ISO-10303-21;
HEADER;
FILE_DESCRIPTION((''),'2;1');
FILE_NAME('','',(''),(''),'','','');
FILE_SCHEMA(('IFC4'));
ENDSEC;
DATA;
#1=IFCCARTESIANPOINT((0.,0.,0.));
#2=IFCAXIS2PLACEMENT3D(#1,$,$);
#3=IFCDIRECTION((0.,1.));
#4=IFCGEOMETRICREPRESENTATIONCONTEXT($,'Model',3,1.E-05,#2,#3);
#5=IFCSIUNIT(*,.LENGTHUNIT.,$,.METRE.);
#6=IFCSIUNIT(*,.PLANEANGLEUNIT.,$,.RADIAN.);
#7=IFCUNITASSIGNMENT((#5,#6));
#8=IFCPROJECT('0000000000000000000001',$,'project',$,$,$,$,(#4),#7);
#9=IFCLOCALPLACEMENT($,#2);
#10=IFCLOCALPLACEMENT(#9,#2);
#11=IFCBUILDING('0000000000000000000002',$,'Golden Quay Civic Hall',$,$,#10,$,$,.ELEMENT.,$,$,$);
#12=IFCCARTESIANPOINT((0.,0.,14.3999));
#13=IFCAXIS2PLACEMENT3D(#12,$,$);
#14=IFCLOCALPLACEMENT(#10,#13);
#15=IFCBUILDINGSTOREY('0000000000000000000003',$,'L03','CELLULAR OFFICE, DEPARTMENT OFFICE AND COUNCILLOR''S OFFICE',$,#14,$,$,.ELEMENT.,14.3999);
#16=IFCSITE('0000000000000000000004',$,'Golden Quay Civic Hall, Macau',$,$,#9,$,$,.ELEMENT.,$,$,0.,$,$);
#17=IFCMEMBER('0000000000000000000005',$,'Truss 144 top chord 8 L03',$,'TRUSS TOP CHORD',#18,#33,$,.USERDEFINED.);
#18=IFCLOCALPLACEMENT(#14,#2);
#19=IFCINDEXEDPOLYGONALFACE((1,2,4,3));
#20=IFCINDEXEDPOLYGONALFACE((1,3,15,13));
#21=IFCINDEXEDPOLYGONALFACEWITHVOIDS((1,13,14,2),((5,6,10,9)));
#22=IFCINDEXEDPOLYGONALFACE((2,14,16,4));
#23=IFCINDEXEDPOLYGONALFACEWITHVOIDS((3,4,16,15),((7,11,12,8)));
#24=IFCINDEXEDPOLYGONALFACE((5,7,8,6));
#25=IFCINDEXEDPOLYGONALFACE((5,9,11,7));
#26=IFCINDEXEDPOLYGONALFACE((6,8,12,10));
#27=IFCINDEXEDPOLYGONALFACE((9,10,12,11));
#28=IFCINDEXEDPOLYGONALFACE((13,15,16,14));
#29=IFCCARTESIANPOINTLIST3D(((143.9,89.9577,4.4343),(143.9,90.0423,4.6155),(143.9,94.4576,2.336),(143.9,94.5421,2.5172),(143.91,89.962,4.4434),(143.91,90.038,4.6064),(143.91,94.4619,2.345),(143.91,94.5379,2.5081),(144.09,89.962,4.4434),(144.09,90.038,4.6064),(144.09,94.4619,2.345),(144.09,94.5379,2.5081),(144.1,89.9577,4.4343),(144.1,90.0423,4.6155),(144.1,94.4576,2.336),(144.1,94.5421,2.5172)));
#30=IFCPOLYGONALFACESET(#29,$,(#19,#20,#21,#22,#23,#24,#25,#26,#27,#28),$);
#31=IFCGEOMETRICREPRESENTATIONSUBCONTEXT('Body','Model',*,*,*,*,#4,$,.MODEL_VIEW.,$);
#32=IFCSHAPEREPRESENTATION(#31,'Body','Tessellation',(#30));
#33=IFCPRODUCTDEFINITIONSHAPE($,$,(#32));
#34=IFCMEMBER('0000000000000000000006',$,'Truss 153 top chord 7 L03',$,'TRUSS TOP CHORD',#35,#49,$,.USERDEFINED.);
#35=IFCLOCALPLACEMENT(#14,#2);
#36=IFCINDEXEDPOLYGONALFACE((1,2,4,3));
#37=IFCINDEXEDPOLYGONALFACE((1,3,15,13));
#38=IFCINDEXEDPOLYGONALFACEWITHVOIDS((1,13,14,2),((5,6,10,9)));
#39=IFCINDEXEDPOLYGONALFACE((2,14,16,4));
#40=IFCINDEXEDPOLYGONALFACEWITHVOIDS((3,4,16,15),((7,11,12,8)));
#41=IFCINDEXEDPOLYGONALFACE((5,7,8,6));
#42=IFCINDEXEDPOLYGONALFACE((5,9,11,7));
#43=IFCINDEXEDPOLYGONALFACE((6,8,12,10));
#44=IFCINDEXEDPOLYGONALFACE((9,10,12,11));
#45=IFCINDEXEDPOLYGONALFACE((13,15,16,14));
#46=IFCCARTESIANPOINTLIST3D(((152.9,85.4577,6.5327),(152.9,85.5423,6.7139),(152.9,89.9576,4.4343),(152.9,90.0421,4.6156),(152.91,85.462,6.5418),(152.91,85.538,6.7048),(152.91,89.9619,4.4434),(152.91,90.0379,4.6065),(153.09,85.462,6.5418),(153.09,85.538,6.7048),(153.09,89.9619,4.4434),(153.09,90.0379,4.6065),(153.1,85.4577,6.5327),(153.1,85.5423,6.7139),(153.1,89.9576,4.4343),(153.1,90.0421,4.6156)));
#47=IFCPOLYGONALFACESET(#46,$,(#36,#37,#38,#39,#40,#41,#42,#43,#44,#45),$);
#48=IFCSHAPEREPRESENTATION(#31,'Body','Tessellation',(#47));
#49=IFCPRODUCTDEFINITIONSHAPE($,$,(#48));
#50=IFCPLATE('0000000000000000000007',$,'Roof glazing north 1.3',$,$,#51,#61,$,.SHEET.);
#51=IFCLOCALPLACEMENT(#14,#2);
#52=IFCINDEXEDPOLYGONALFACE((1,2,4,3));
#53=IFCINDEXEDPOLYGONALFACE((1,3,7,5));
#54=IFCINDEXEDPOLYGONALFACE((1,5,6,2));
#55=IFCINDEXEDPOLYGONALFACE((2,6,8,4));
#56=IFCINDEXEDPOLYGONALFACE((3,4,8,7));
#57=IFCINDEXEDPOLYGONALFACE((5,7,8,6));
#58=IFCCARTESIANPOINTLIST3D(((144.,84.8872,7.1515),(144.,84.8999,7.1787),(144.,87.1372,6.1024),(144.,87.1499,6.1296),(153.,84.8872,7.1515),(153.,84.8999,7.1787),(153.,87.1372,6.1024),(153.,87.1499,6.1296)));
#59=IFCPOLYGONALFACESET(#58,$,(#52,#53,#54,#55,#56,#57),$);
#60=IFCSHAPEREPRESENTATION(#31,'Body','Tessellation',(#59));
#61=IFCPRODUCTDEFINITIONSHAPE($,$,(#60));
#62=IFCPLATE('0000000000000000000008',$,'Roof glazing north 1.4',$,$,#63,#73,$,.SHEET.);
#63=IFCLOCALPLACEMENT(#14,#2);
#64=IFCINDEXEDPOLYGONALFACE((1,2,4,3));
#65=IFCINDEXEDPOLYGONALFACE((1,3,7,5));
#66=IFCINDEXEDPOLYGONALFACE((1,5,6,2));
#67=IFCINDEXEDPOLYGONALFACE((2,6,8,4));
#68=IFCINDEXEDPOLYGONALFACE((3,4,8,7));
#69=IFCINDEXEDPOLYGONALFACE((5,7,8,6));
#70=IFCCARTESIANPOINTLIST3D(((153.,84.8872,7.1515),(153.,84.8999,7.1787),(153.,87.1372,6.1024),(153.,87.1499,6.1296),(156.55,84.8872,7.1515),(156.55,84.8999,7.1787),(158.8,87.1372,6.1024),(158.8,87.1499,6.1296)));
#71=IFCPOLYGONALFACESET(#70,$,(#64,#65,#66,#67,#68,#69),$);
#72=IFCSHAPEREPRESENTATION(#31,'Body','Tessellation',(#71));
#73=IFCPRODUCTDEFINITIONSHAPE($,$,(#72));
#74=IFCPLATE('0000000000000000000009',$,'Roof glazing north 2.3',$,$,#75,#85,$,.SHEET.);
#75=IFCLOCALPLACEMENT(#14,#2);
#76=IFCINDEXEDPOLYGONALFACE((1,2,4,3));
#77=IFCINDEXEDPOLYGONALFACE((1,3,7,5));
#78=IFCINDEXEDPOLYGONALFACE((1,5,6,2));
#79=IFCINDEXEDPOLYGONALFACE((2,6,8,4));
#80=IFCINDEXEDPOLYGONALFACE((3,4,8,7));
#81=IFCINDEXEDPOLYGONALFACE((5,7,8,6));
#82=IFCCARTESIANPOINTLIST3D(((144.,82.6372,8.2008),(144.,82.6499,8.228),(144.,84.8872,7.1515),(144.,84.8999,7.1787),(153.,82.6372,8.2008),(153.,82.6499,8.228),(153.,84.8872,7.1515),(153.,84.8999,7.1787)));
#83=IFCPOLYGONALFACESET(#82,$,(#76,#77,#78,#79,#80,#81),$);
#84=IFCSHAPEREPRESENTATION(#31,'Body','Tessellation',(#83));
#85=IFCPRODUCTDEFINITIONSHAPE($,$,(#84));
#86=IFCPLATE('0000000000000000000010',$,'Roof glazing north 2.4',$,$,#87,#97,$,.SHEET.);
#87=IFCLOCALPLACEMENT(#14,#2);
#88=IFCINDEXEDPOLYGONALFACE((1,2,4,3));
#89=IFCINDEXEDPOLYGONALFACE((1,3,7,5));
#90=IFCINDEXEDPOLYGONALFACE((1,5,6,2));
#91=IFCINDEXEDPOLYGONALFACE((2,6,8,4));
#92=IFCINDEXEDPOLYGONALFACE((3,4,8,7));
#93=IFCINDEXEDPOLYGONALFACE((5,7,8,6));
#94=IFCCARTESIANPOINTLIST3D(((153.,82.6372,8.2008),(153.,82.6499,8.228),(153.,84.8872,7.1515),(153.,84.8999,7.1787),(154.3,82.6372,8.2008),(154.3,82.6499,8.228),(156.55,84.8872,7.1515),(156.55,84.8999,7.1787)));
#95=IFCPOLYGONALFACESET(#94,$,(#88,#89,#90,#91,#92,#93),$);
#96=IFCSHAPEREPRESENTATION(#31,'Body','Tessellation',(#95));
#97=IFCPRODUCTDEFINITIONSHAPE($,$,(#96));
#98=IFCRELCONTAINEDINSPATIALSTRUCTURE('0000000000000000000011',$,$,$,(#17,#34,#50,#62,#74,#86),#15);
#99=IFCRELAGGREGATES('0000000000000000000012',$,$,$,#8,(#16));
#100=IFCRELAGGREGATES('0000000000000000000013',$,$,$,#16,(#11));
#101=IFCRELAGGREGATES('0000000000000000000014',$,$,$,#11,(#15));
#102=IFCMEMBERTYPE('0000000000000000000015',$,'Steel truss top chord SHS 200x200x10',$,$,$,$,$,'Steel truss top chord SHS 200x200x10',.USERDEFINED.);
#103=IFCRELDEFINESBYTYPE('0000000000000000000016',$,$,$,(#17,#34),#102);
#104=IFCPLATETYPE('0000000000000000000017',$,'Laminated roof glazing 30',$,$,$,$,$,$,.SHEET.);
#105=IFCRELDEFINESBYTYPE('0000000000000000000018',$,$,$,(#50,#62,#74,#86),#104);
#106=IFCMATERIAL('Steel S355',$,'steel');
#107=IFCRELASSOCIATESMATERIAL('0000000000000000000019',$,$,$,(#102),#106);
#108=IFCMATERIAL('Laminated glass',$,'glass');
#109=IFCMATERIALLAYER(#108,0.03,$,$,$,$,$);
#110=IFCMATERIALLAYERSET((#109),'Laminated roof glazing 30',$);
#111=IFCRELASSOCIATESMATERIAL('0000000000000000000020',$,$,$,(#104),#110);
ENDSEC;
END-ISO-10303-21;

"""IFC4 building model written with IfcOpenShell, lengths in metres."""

from ifc_helpers import new_model, si_unit, direction, frame, origin, origin_2d, place, context, subcontext, project, spatial, polyline, hollow_rectangle, outline, extrude, material, layer, layer_set, material_profile, profile_set, type_object, element, save


model = new_model("IFC4")

# Units and contexts
model_context = context("Model", 3, precision=1e-05, world=origin(), true_north=direction((0.0, 1.0)))
body_context = subcontext(model_context, "Body", "Model", "MODEL_VIEW")
ifc_project = project(units=[si_unit("LENGTHUNIT", "METRE"), si_unit("PLANEANGLEUNIT", "RADIAN")], contexts=[model_context])

# Site, building, storey
site_placement = place(None, origin())
site = spatial("IfcSite", under=ifc_project, at=site_placement, Name="Golden Quay Civic Hall, Macau", CompositionType="ELEMENT", RefElevation=0.0)
building_placement = place(site_placement, origin())
building = spatial("IfcBuilding", under=site, at=building_placement, Name="Golden Quay Civic Hall", CompositionType="ELEMENT")
storey_placement = place(building_placement, frame((0.0, 0.0, 14.3999)))
storey = spatial("IfcBuildingStorey", under=building, at=storey_placement, Name="L03", Description="CELLULAR OFFICE, DEPARTMENT OFFICE AND COUNCILLOR'S OFFICE", CompositionType="ELEMENT", Elevation=14.3999)

# Members
ifc_material_1 = material(Name="Steel S355", Category="steel")
ifc_material_profile_1 = material_profile(ifc_material_1, hollow_rectangle(XDim=0.2, YDim=0.2, WallThickness=0.01, at=origin_2d()), Name="SHS 200x200x10")
ifc_profile_set_1 = profile_set([ifc_material_profile_1], Name="Steel S355")
member_type_1 = type_object("IfcMemberType", Name="Steel truss top chord SHS 200x200x10", ElementType="Steel truss top chord SHS 200x200x10", PredefinedType="USERDEFINED", material=ifc_profile_set_1)
for number, where, z_axis, x_axis, name in (
    (1, (144.0, 90.0, 4.5249), (0.0, 0.906307, -0.422619), (-1.0, 0.0, 0.0), "Truss 144 top chord 8 L03"),
    (2, (153.0, 85.5, 6.6233), (0.0, 0.906307, -0.422619), (-1.0, 0.0, 0.0), "Truss 153 top chord 7 L03"),
):
    element("IfcMember", number, at=place(storey_placement, frame(where, z_axis=z_axis, x_axis=x_axis)), inside=storey, type_object=member_type_1, Name=name, ObjectType="TRUSS TOP CHORD", PredefinedType="USERDEFINED", context=body_context, shape_type="SweptSolid", body=[
        extrude(hollow_rectangle(XDim=0.2, YDim=0.2, WallThickness=0.01, at=origin_2d()), origin(), (0.0, 0.0, 1.0), 4.9651),
    ])

# Plates
ifc_material_2 = material(Name="Laminated glass", Category="glass")
ifc_layer = layer(ifc_material_2, 0.03)
ifc_layer_set = layer_set([ifc_layer], Name="Laminated roof glazing 30")
plate_type = type_object("IfcPlateType", Name="Laminated roof glazing 30", PredefinedType="SHEET", material=ifc_layer_set)
plate_1_placement = place(storey_placement, frame((144.0, 84.8999, 7.1787), z_axis=(0.0, 0.422579, 0.906326), x_axis=(1.0, 0.0, 0.0)))
element("IfcPlate", 3, at=plate_1_placement, inside=storey, type_object=plate_type, Name="Roof glazing north 1.3", PredefinedType="SHEET", context=body_context, shape_type="SweptSolid", body=[
    extrude(outline(polyline([(0.0, 0.0), (9.0, 0.0), (9.0, 2.4825), (0.0, 2.4825), (0.0, 0.0)])), origin(), (0.0, 0.0, -1.0), 0.03),
])
plate_2_placement = place(storey_placement, frame((153.0, 84.8999, 7.1787), z_axis=(0.0, 0.422579, 0.906326), x_axis=(1.0, 0.0, 0.0)))
element("IfcPlate", 4, at=plate_2_placement, inside=storey, type_object=plate_type, Name="Roof glazing north 1.4", PredefinedType="SHEET", context=body_context, shape_type="SweptSolid", body=[
    extrude(outline(polyline([(0.0, 0.0), (3.55, 0.0), (5.8, 2.4825), (0.0, 2.4825), (0.0, 0.0)])), origin(), (0.0, 0.0, -1.0), 0.03),
])
plate_3_placement = place(storey_placement, frame((144.0, 82.6499, 8.228), z_axis=(0.0, 0.422659, 0.906289), x_axis=(1.0, 0.0, 0.0)))
element("IfcPlate", 5, at=plate_3_placement, inside=storey, type_object=plate_type, Name="Roof glazing north 2.3", PredefinedType="SHEET", context=body_context, shape_type="SweptSolid", body=[
    extrude(outline(polyline([(0.0, 0.0), (9.0, 0.0), (9.0, 2.4827), (0.0, 2.4827), (0.0, 0.0)])), origin(), (0.0, 0.0, -1.0), 0.03),
])
plate_4_placement = place(storey_placement, frame((153.0, 82.6499, 8.228), z_axis=(0.0, 0.422659, 0.906289), x_axis=(1.0, 0.0, 0.0)))
element("IfcPlate", 6, at=plate_4_placement, inside=storey, type_object=plate_type, Name="Roof glazing north 2.4", PredefinedType="SHEET", context=body_context, shape_type="SweptSolid", body=[
    extrude(outline(polyline([(0.0, 0.0), (1.3, 0.0), (3.55, 2.4827), (0.0, 2.4827), (0.0, 0.0)])), origin(), (0.0, 0.0, -1.0), 0.03),
])

save(model, "model.ifc")
